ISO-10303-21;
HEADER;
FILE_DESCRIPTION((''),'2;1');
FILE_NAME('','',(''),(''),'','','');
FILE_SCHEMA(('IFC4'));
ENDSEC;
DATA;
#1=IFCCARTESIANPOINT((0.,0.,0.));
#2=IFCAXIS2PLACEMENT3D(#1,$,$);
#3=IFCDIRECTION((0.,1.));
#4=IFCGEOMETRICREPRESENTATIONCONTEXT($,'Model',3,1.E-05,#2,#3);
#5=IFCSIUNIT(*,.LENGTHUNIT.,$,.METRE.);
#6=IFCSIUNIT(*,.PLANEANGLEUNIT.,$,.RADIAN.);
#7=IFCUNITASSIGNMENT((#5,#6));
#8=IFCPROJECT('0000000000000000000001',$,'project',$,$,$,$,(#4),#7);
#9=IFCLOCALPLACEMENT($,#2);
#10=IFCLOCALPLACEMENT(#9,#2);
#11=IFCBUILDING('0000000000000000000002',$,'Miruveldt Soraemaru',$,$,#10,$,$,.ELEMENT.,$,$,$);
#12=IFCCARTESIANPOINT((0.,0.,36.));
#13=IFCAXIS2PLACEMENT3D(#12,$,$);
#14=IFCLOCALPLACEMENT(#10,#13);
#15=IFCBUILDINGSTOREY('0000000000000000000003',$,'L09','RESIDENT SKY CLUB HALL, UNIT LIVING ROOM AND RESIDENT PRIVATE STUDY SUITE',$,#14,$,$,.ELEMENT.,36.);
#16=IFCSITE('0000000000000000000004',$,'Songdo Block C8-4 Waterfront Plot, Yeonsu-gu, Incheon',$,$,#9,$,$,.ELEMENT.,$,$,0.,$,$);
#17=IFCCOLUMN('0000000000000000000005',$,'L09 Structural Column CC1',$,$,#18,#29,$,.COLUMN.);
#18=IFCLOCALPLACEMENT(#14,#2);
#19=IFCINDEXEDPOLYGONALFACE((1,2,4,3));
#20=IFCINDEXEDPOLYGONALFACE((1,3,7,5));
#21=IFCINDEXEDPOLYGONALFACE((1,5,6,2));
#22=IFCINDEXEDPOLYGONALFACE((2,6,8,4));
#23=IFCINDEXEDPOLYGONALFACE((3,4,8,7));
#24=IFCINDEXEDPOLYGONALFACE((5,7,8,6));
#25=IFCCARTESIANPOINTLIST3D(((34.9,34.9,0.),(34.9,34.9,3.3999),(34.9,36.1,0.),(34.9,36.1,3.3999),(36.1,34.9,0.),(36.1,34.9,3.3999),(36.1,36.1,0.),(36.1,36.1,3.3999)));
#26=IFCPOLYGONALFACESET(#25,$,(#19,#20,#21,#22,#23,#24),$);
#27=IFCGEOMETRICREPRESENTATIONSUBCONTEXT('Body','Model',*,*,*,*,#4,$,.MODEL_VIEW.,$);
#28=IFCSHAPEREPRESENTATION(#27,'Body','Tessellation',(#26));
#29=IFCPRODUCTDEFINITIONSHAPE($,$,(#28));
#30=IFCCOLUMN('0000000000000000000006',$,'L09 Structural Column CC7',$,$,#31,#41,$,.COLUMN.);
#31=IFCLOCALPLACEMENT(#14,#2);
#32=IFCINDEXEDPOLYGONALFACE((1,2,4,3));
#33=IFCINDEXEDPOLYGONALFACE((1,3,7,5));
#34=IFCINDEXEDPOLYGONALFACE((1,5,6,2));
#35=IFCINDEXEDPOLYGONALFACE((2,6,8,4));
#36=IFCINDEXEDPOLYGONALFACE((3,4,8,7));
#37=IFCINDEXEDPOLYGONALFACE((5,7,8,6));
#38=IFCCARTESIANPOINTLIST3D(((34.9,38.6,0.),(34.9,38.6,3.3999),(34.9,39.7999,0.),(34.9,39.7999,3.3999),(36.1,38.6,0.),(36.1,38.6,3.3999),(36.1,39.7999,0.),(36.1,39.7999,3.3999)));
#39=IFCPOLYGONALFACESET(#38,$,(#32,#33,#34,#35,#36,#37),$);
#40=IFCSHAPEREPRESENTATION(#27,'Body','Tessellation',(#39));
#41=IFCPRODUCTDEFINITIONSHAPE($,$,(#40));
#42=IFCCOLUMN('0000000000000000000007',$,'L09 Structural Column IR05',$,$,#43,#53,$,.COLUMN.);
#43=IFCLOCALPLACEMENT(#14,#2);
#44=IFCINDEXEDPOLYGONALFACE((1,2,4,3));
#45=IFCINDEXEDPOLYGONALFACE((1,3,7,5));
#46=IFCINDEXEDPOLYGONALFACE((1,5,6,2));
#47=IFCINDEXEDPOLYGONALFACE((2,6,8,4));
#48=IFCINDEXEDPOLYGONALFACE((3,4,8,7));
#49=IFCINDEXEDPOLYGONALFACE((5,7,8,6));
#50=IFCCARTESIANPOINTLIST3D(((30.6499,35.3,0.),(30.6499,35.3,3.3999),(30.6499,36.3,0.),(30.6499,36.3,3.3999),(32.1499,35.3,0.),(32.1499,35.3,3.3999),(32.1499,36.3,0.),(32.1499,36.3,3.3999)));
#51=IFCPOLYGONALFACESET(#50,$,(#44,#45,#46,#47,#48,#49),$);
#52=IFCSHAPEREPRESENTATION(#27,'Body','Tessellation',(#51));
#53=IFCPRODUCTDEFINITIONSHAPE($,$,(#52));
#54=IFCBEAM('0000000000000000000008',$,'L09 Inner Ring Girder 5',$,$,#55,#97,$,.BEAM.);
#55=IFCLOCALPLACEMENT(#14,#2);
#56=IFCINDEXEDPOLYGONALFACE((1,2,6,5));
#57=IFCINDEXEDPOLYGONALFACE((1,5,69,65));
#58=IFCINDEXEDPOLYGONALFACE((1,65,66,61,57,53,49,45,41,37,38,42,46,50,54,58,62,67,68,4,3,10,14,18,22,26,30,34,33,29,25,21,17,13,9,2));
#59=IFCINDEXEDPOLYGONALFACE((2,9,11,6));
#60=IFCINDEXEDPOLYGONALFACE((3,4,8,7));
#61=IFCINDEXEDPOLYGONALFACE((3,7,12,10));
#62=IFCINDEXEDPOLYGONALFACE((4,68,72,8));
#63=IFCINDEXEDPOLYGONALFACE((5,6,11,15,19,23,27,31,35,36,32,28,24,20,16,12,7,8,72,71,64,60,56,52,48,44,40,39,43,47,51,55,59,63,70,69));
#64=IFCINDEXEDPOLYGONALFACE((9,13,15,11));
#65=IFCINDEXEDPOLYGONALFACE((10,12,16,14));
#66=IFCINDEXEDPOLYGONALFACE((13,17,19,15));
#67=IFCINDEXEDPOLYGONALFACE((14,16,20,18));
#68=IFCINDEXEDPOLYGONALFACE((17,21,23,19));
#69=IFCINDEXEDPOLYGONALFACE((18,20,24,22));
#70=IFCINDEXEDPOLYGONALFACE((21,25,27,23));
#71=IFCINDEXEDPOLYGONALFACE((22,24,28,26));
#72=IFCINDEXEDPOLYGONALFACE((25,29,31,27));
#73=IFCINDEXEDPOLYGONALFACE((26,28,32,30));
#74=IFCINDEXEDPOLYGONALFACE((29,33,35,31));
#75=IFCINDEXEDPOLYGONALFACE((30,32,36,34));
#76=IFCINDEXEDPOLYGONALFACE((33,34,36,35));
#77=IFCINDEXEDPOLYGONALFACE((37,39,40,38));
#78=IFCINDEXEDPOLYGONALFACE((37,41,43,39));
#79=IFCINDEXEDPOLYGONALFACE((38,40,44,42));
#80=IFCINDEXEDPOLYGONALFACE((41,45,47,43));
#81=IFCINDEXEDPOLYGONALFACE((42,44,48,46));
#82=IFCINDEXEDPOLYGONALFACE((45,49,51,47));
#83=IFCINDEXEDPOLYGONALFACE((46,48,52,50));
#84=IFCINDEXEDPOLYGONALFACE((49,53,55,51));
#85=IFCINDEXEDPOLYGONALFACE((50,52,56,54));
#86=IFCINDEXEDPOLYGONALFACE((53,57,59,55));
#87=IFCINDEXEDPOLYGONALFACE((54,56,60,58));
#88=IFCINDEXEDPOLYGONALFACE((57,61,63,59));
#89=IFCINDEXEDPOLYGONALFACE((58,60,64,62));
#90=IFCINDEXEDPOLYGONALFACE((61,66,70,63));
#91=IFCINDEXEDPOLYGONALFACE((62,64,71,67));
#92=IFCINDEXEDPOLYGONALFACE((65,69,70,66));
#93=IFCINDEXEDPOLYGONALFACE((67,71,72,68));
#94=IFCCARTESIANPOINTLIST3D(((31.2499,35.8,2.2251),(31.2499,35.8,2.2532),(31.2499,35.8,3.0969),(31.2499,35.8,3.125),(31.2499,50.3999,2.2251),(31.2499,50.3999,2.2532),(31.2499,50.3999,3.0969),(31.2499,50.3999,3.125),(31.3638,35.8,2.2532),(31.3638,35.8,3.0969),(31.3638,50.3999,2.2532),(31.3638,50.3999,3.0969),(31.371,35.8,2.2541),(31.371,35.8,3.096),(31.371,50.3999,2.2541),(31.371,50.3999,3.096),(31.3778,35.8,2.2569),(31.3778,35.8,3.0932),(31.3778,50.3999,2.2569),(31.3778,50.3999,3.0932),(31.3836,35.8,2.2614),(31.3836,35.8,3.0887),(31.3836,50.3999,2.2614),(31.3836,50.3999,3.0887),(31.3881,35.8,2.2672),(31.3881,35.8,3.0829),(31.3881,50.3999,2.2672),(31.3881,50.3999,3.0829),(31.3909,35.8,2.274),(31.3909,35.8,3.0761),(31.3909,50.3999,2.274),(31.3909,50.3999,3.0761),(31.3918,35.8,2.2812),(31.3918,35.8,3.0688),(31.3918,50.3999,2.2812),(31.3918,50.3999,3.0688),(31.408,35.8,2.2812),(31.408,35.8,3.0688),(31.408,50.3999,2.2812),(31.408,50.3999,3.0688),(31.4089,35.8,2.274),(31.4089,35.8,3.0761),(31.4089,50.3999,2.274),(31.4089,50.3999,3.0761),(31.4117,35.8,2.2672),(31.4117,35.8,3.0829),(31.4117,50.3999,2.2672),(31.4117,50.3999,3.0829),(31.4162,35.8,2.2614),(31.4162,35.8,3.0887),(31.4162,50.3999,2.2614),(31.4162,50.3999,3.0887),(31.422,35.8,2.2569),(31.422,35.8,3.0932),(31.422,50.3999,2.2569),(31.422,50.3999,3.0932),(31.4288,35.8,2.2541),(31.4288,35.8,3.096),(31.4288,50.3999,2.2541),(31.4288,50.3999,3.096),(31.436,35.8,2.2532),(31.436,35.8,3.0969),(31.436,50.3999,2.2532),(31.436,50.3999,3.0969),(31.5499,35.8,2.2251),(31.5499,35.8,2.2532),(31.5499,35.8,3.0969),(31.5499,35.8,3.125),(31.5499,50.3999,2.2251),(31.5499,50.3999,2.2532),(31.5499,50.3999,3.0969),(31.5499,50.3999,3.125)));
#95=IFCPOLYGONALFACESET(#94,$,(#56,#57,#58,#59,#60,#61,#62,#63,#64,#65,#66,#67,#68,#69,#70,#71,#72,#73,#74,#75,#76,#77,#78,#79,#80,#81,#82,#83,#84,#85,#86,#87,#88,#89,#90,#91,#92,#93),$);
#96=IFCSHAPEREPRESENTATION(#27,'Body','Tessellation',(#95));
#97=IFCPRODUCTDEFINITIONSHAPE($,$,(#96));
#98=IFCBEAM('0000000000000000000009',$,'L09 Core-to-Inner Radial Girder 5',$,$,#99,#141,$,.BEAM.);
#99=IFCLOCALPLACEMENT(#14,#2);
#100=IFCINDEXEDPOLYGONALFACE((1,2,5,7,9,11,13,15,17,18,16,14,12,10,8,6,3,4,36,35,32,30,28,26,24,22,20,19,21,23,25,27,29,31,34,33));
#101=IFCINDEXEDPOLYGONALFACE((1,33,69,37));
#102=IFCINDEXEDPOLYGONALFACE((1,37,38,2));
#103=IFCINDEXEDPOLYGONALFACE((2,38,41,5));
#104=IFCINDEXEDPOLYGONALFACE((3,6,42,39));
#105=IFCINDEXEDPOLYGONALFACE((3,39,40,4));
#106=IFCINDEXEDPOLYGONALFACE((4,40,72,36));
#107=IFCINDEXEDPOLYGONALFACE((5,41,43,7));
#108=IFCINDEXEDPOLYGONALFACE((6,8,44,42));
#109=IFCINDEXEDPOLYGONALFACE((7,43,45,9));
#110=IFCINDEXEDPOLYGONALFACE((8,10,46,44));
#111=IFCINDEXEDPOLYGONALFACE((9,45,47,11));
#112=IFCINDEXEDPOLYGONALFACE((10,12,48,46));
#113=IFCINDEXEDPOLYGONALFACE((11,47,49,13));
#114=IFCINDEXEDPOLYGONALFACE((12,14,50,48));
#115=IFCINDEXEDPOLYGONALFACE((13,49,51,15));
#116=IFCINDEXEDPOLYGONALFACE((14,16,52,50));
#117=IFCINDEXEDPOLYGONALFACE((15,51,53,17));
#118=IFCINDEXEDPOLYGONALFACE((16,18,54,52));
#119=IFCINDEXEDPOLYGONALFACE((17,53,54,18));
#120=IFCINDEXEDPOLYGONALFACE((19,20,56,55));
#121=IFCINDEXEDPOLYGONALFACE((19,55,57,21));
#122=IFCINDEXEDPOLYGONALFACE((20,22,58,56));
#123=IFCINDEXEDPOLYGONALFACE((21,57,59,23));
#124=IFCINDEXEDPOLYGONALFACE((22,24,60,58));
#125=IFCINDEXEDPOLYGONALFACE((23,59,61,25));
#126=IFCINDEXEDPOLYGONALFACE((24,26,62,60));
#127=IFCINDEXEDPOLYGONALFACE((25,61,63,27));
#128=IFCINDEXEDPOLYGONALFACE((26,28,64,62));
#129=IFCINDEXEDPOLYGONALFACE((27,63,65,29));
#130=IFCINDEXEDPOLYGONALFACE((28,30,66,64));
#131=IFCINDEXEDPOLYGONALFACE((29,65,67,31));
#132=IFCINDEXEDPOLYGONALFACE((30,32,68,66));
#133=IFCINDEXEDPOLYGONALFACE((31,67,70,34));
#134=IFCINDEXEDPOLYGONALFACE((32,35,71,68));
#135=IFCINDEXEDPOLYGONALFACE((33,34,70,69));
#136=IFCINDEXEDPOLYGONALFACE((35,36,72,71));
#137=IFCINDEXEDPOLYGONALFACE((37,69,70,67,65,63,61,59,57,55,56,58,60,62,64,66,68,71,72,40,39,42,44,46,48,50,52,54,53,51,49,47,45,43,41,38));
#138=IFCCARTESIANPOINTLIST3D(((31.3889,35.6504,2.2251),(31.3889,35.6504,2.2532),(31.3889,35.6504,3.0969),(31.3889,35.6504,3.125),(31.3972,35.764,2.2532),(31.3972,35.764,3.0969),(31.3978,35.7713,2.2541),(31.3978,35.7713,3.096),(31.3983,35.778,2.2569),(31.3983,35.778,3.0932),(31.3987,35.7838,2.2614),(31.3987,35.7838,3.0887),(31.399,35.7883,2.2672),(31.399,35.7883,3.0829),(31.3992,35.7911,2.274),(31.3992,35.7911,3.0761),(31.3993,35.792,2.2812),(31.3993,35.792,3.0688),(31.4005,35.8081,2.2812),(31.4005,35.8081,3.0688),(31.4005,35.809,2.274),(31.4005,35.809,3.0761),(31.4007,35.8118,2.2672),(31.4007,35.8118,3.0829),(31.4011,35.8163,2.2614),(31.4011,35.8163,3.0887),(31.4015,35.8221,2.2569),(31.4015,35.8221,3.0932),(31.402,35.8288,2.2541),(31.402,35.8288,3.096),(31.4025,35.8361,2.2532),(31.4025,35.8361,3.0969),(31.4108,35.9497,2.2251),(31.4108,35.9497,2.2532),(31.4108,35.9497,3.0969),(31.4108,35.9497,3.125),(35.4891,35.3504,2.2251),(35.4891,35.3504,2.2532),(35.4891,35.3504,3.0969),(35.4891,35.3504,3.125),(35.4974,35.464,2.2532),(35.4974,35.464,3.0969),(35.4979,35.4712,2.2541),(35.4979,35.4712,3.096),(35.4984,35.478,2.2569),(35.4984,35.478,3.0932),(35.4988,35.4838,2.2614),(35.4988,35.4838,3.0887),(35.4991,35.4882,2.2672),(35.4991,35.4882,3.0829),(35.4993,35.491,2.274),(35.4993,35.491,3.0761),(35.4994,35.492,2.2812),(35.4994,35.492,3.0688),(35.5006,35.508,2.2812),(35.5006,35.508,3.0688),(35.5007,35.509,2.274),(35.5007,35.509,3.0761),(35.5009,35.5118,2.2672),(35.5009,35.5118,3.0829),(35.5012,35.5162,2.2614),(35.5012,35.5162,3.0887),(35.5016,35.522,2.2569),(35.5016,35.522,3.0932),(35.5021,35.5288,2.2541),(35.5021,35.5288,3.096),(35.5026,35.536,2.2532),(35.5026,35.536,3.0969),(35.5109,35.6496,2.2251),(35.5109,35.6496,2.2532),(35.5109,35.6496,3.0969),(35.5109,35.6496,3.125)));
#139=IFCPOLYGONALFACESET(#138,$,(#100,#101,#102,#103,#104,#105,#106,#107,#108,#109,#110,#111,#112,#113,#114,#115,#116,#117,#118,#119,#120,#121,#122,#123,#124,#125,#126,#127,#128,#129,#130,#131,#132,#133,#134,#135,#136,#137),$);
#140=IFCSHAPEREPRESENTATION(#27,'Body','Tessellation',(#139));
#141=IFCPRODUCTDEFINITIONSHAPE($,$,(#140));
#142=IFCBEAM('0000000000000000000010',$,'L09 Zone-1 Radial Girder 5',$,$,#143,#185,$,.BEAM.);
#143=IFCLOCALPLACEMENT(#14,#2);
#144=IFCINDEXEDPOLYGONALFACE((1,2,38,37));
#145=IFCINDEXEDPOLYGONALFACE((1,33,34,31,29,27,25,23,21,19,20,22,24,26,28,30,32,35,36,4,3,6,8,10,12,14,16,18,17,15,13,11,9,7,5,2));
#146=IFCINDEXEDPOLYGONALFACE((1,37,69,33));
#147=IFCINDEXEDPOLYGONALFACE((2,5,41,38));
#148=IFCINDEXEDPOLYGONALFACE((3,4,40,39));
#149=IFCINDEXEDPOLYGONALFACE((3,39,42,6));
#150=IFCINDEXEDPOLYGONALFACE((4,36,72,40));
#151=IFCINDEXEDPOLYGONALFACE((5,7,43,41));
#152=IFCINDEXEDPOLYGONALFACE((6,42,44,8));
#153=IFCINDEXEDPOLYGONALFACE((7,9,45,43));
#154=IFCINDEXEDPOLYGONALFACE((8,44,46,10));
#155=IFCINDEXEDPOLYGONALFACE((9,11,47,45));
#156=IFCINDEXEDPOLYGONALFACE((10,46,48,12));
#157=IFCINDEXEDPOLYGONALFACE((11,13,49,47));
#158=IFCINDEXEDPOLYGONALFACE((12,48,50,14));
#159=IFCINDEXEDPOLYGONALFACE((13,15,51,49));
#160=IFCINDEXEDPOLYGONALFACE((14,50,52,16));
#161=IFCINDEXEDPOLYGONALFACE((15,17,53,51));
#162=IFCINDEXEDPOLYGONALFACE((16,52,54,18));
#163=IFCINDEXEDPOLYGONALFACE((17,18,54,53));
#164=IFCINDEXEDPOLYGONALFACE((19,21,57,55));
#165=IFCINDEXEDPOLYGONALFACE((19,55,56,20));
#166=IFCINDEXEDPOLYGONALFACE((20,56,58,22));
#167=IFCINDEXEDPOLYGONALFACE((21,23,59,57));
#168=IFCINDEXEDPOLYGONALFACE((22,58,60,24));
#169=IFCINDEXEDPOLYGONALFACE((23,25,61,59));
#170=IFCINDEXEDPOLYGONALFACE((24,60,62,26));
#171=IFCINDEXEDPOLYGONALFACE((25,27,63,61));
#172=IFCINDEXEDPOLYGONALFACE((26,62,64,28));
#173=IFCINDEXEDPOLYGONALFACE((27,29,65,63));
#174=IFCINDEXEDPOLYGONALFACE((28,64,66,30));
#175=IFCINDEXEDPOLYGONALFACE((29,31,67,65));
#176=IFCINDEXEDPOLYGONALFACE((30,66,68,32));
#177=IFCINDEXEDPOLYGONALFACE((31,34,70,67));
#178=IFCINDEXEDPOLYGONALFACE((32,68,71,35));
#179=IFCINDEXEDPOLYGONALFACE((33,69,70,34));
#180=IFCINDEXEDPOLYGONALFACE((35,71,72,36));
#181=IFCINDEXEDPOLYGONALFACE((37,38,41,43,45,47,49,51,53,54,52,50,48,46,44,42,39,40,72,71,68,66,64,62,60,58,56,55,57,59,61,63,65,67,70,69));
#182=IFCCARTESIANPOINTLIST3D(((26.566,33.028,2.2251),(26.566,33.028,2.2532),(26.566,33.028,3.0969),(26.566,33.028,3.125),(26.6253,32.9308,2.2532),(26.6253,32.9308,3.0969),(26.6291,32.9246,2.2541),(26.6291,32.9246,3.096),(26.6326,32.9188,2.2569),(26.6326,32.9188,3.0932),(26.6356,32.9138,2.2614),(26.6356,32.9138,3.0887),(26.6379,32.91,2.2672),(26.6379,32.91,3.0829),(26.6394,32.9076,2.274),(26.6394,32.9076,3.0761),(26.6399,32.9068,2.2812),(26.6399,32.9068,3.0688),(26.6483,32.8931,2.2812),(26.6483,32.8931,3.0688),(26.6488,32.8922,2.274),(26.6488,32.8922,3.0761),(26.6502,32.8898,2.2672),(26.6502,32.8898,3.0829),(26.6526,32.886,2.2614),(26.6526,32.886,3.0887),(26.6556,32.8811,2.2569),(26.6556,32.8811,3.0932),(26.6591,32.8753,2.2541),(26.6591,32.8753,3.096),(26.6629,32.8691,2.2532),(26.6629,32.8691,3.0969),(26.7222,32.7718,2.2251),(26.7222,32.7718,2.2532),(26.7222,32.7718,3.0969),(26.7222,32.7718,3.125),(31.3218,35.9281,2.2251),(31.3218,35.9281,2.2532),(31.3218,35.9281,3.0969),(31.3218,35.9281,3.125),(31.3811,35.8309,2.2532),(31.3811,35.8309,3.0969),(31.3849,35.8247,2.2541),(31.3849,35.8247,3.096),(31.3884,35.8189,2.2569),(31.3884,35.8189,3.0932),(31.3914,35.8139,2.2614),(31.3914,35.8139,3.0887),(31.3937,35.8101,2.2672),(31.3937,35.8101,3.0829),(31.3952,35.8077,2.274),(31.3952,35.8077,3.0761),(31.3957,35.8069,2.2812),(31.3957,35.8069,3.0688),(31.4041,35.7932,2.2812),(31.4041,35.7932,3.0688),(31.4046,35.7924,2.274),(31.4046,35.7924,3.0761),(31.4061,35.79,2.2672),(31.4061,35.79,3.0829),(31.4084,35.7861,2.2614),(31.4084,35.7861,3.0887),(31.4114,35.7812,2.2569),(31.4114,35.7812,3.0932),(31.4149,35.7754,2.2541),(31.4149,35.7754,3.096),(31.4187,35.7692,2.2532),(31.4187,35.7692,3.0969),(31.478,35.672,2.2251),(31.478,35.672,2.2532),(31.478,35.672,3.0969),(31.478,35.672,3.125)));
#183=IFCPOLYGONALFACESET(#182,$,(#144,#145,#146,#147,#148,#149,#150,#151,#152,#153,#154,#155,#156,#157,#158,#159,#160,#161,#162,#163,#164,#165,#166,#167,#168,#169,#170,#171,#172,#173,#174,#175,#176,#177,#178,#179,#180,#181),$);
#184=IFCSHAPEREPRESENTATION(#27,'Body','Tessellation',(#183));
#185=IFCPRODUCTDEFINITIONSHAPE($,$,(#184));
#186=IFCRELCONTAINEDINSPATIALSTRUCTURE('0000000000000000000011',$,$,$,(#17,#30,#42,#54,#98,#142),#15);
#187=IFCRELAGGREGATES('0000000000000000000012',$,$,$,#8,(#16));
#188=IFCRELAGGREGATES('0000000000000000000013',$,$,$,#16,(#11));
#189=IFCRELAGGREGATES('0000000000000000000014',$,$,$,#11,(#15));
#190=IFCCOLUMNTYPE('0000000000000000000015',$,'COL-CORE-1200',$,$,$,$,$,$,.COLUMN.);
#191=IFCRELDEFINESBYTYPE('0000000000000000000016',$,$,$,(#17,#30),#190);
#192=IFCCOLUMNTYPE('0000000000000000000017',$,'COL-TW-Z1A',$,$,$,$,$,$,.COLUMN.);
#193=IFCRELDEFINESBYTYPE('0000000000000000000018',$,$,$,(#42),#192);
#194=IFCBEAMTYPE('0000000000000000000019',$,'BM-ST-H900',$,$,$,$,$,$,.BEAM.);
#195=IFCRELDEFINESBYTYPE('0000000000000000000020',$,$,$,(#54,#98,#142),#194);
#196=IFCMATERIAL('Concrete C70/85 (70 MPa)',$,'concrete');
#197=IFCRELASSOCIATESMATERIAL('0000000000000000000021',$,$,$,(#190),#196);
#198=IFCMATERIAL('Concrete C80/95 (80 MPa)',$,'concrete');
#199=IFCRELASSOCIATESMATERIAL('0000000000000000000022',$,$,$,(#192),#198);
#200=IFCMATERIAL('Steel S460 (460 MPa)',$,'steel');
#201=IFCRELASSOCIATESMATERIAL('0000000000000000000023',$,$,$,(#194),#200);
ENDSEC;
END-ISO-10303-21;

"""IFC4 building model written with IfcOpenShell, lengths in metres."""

from ifc_helpers import new_model, si_unit, direction, frame, origin, origin_2d, place, context, subcontext, project, spatial, rectangle, i_section, extrude, material, material_profile, profile_set, type_object, element, save


model = new_model("IFC4")

# Units and contexts
model_context = context("Model", 3, precision=1e-05, world=origin(), true_north=direction((0.0, 1.0)))
body_context = subcontext(model_context, "Body", "Model", "MODEL_VIEW")
ifc_project = project(units=[si_unit("LENGTHUNIT", "METRE"), si_unit("PLANEANGLEUNIT", "RADIAN")], contexts=[model_context])

# Site, building, storey
site_placement = place(None, origin())
site = spatial("IfcSite", under=ifc_project, at=site_placement, Name="Songdo Block C8-4 Waterfront Plot, Yeonsu-gu, Incheon", CompositionType="ELEMENT", RefElevation=0.0)
building_placement = place(site_placement, origin())
building = spatial("IfcBuilding", under=site, at=building_placement, Name="Miruveldt Soraemaru", CompositionType="ELEMENT")
storey_placement = place(building_placement, frame((0.0, 0.0, 36.0)))
storey = spatial("IfcBuildingStorey", under=building, at=storey_placement, Name="L09", Description="RESIDENT SKY CLUB HALL, UNIT LIVING ROOM AND RESIDENT PRIVATE STUDY SUITE", CompositionType="ELEMENT", Elevation=36.0)

# Columns
ifc_material_1 = material(Name="Concrete C70/85 (70 MPa)", Category="concrete")
ifc_material_profile_1 = material_profile(ifc_material_1, rectangle(XDim=1.2, YDim=1.2, at=origin_2d()), Name="Concrete C70/85 (70 MPa)", Category="concrete")
ifc_profile_set_1 = profile_set([ifc_material_profile_1], Name="Concrete C70/85 (70 MPa)")
column_type_1 = type_object("IfcColumnType", Name="COL-CORE-1200", PredefinedType="COLUMN", material=ifc_profile_set_1)
for number, where, z_axis, x_axis, name in (
    (1, (35.5, 35.5, 0.0), (0.0, 0.0, 1.0), (1.0, 0.0, 0.0), "L09 Structural Column CC1"),
    (2, (35.5, 39.2, 0.0), (0.0, 0.0, 1.0), (1.0, 0.0, 0.0), "L09 Structural Column CC7"),
):
    element("IfcColumn", number, at=place(storey_placement, frame(where, z_axis=z_axis, x_axis=x_axis)), inside=storey, type_object=column_type_1, Name=name, PredefinedType="COLUMN", context=body_context, shape_type="SweptSolid", body=[
        extrude(rectangle(XDim=1.2, YDim=1.2, at=origin_2d()), origin(), (0.0, 0.0, 1.0), 3.3999),
    ])
ifc_material_2 = material(Name="Concrete C80/95 (80 MPa)", Category="concrete")
ifc_material_profile_2 = material_profile(ifc_material_2, rectangle(XDim=1.5, YDim=1.0, at=origin_2d()), Name="Concrete C80/95 (80 MPa)", Category="concrete")
ifc_profile_set_2 = profile_set([ifc_material_profile_2], Name="Concrete C80/95 (80 MPa)")
column_type_2 = type_object("IfcColumnType", Name="COL-TW-Z1A", PredefinedType="COLUMN", material=ifc_profile_set_2)
column_placement = place(storey_placement, frame((31.3999, 35.8, 0.0), z_axis=(0.0, 0.0, 1.0), x_axis=(1.0, 0.0, 0.0)))
element("IfcColumn", 3, at=column_placement, inside=storey, type_object=column_type_2, Name="L09 Structural Column IR05", PredefinedType="COLUMN", context=body_context, shape_type="SweptSolid", body=[
    extrude(rectangle(XDim=1.5, YDim=1.0, at=origin_2d()), origin(), (0.0, 0.0, 1.0), 3.3999),
])

# Beams
ifc_material_3 = material(Name="Steel S460 (460 MPa)", Category="steel")
ifc_material_profile_3 = material_profile(ifc_material_3, i_section(OverallWidth=0.3, OverallDepth=0.8999, WebThickness=0.0161, FlangeThickness=0.0281, FilletRadius=0.0281, at=origin_2d()), Name="Steel S460 (460 MPa)", Category="steel")
ifc_profile_set_3 = profile_set([ifc_material_profile_3], Name="Steel S460 (460 MPa)")
beam_type_1 = type_object("IfcBeamType", Name="BM-ST-H900", PredefinedType="BEAM", material=ifc_profile_set_3)
beam_1_placement = place(storey_placement, frame((31.3999, 35.8, 2.675), z_axis=(0.0, 1.0, 0.0), x_axis=(-1.0, 0.0, 0.0)))
element("IfcBeam", 4, at=beam_1_placement, inside=storey, type_object=beam_type_1, Name="L09 Inner Ring Girder 5", PredefinedType="BEAM", context=body_context, shape_type="SweptSolid", body=[
    extrude(i_section(OverallWidth=0.3, OverallDepth=0.8999, WebThickness=0.0161, FlangeThickness=0.0281, FilletRadius=0.0281, at=origin_2d()), origin(), (0.0, 0.0, 1.0), 14.5999),
])
beam_2_placement = place(storey_placement, frame((35.5, 35.5, 2.675), z_axis=(-0.997333, 0.072986, 0.0), x_axis=(-0.072986, -0.997333, 0.0)))
element("IfcBeam", 5, at=beam_2_placement, inside=storey, type_object=beam_type_1, Name="L09 Core-to-Inner Radial Girder 5", PredefinedType="BEAM", context=body_context, shape_type="SweptSolid", body=[
    extrude(i_section(OverallWidth=0.3, OverallDepth=0.8999, WebThickness=0.0161, FlangeThickness=0.0281, FilletRadius=0.0281, at=origin_2d()), origin(), (0.0, 0.0, 1.0), 4.1111),
])
beam_3_placement = place(storey_placement, frame((31.3999, 35.8, 2.675), z_axis=(-0.853778, -0.520638, 0.0), x_axis=(0.520638, -0.853778, 0.0)))
element("IfcBeam", 6, at=beam_3_placement, inside=storey, type_object=beam_type_1, Name="L09 Zone-1 Radial Girder 5", PredefinedType="BEAM", context=body_context, shape_type="SweptSolid", body=[
    extrude(i_section(OverallWidth=0.3, OverallDepth=0.8999, WebThickness=0.0161, FlangeThickness=0.0281, FilletRadius=0.0281, at=origin_2d()), origin(), (0.0, 0.0, 1.0), 5.5703),
])

save(model, "model.ifc")
